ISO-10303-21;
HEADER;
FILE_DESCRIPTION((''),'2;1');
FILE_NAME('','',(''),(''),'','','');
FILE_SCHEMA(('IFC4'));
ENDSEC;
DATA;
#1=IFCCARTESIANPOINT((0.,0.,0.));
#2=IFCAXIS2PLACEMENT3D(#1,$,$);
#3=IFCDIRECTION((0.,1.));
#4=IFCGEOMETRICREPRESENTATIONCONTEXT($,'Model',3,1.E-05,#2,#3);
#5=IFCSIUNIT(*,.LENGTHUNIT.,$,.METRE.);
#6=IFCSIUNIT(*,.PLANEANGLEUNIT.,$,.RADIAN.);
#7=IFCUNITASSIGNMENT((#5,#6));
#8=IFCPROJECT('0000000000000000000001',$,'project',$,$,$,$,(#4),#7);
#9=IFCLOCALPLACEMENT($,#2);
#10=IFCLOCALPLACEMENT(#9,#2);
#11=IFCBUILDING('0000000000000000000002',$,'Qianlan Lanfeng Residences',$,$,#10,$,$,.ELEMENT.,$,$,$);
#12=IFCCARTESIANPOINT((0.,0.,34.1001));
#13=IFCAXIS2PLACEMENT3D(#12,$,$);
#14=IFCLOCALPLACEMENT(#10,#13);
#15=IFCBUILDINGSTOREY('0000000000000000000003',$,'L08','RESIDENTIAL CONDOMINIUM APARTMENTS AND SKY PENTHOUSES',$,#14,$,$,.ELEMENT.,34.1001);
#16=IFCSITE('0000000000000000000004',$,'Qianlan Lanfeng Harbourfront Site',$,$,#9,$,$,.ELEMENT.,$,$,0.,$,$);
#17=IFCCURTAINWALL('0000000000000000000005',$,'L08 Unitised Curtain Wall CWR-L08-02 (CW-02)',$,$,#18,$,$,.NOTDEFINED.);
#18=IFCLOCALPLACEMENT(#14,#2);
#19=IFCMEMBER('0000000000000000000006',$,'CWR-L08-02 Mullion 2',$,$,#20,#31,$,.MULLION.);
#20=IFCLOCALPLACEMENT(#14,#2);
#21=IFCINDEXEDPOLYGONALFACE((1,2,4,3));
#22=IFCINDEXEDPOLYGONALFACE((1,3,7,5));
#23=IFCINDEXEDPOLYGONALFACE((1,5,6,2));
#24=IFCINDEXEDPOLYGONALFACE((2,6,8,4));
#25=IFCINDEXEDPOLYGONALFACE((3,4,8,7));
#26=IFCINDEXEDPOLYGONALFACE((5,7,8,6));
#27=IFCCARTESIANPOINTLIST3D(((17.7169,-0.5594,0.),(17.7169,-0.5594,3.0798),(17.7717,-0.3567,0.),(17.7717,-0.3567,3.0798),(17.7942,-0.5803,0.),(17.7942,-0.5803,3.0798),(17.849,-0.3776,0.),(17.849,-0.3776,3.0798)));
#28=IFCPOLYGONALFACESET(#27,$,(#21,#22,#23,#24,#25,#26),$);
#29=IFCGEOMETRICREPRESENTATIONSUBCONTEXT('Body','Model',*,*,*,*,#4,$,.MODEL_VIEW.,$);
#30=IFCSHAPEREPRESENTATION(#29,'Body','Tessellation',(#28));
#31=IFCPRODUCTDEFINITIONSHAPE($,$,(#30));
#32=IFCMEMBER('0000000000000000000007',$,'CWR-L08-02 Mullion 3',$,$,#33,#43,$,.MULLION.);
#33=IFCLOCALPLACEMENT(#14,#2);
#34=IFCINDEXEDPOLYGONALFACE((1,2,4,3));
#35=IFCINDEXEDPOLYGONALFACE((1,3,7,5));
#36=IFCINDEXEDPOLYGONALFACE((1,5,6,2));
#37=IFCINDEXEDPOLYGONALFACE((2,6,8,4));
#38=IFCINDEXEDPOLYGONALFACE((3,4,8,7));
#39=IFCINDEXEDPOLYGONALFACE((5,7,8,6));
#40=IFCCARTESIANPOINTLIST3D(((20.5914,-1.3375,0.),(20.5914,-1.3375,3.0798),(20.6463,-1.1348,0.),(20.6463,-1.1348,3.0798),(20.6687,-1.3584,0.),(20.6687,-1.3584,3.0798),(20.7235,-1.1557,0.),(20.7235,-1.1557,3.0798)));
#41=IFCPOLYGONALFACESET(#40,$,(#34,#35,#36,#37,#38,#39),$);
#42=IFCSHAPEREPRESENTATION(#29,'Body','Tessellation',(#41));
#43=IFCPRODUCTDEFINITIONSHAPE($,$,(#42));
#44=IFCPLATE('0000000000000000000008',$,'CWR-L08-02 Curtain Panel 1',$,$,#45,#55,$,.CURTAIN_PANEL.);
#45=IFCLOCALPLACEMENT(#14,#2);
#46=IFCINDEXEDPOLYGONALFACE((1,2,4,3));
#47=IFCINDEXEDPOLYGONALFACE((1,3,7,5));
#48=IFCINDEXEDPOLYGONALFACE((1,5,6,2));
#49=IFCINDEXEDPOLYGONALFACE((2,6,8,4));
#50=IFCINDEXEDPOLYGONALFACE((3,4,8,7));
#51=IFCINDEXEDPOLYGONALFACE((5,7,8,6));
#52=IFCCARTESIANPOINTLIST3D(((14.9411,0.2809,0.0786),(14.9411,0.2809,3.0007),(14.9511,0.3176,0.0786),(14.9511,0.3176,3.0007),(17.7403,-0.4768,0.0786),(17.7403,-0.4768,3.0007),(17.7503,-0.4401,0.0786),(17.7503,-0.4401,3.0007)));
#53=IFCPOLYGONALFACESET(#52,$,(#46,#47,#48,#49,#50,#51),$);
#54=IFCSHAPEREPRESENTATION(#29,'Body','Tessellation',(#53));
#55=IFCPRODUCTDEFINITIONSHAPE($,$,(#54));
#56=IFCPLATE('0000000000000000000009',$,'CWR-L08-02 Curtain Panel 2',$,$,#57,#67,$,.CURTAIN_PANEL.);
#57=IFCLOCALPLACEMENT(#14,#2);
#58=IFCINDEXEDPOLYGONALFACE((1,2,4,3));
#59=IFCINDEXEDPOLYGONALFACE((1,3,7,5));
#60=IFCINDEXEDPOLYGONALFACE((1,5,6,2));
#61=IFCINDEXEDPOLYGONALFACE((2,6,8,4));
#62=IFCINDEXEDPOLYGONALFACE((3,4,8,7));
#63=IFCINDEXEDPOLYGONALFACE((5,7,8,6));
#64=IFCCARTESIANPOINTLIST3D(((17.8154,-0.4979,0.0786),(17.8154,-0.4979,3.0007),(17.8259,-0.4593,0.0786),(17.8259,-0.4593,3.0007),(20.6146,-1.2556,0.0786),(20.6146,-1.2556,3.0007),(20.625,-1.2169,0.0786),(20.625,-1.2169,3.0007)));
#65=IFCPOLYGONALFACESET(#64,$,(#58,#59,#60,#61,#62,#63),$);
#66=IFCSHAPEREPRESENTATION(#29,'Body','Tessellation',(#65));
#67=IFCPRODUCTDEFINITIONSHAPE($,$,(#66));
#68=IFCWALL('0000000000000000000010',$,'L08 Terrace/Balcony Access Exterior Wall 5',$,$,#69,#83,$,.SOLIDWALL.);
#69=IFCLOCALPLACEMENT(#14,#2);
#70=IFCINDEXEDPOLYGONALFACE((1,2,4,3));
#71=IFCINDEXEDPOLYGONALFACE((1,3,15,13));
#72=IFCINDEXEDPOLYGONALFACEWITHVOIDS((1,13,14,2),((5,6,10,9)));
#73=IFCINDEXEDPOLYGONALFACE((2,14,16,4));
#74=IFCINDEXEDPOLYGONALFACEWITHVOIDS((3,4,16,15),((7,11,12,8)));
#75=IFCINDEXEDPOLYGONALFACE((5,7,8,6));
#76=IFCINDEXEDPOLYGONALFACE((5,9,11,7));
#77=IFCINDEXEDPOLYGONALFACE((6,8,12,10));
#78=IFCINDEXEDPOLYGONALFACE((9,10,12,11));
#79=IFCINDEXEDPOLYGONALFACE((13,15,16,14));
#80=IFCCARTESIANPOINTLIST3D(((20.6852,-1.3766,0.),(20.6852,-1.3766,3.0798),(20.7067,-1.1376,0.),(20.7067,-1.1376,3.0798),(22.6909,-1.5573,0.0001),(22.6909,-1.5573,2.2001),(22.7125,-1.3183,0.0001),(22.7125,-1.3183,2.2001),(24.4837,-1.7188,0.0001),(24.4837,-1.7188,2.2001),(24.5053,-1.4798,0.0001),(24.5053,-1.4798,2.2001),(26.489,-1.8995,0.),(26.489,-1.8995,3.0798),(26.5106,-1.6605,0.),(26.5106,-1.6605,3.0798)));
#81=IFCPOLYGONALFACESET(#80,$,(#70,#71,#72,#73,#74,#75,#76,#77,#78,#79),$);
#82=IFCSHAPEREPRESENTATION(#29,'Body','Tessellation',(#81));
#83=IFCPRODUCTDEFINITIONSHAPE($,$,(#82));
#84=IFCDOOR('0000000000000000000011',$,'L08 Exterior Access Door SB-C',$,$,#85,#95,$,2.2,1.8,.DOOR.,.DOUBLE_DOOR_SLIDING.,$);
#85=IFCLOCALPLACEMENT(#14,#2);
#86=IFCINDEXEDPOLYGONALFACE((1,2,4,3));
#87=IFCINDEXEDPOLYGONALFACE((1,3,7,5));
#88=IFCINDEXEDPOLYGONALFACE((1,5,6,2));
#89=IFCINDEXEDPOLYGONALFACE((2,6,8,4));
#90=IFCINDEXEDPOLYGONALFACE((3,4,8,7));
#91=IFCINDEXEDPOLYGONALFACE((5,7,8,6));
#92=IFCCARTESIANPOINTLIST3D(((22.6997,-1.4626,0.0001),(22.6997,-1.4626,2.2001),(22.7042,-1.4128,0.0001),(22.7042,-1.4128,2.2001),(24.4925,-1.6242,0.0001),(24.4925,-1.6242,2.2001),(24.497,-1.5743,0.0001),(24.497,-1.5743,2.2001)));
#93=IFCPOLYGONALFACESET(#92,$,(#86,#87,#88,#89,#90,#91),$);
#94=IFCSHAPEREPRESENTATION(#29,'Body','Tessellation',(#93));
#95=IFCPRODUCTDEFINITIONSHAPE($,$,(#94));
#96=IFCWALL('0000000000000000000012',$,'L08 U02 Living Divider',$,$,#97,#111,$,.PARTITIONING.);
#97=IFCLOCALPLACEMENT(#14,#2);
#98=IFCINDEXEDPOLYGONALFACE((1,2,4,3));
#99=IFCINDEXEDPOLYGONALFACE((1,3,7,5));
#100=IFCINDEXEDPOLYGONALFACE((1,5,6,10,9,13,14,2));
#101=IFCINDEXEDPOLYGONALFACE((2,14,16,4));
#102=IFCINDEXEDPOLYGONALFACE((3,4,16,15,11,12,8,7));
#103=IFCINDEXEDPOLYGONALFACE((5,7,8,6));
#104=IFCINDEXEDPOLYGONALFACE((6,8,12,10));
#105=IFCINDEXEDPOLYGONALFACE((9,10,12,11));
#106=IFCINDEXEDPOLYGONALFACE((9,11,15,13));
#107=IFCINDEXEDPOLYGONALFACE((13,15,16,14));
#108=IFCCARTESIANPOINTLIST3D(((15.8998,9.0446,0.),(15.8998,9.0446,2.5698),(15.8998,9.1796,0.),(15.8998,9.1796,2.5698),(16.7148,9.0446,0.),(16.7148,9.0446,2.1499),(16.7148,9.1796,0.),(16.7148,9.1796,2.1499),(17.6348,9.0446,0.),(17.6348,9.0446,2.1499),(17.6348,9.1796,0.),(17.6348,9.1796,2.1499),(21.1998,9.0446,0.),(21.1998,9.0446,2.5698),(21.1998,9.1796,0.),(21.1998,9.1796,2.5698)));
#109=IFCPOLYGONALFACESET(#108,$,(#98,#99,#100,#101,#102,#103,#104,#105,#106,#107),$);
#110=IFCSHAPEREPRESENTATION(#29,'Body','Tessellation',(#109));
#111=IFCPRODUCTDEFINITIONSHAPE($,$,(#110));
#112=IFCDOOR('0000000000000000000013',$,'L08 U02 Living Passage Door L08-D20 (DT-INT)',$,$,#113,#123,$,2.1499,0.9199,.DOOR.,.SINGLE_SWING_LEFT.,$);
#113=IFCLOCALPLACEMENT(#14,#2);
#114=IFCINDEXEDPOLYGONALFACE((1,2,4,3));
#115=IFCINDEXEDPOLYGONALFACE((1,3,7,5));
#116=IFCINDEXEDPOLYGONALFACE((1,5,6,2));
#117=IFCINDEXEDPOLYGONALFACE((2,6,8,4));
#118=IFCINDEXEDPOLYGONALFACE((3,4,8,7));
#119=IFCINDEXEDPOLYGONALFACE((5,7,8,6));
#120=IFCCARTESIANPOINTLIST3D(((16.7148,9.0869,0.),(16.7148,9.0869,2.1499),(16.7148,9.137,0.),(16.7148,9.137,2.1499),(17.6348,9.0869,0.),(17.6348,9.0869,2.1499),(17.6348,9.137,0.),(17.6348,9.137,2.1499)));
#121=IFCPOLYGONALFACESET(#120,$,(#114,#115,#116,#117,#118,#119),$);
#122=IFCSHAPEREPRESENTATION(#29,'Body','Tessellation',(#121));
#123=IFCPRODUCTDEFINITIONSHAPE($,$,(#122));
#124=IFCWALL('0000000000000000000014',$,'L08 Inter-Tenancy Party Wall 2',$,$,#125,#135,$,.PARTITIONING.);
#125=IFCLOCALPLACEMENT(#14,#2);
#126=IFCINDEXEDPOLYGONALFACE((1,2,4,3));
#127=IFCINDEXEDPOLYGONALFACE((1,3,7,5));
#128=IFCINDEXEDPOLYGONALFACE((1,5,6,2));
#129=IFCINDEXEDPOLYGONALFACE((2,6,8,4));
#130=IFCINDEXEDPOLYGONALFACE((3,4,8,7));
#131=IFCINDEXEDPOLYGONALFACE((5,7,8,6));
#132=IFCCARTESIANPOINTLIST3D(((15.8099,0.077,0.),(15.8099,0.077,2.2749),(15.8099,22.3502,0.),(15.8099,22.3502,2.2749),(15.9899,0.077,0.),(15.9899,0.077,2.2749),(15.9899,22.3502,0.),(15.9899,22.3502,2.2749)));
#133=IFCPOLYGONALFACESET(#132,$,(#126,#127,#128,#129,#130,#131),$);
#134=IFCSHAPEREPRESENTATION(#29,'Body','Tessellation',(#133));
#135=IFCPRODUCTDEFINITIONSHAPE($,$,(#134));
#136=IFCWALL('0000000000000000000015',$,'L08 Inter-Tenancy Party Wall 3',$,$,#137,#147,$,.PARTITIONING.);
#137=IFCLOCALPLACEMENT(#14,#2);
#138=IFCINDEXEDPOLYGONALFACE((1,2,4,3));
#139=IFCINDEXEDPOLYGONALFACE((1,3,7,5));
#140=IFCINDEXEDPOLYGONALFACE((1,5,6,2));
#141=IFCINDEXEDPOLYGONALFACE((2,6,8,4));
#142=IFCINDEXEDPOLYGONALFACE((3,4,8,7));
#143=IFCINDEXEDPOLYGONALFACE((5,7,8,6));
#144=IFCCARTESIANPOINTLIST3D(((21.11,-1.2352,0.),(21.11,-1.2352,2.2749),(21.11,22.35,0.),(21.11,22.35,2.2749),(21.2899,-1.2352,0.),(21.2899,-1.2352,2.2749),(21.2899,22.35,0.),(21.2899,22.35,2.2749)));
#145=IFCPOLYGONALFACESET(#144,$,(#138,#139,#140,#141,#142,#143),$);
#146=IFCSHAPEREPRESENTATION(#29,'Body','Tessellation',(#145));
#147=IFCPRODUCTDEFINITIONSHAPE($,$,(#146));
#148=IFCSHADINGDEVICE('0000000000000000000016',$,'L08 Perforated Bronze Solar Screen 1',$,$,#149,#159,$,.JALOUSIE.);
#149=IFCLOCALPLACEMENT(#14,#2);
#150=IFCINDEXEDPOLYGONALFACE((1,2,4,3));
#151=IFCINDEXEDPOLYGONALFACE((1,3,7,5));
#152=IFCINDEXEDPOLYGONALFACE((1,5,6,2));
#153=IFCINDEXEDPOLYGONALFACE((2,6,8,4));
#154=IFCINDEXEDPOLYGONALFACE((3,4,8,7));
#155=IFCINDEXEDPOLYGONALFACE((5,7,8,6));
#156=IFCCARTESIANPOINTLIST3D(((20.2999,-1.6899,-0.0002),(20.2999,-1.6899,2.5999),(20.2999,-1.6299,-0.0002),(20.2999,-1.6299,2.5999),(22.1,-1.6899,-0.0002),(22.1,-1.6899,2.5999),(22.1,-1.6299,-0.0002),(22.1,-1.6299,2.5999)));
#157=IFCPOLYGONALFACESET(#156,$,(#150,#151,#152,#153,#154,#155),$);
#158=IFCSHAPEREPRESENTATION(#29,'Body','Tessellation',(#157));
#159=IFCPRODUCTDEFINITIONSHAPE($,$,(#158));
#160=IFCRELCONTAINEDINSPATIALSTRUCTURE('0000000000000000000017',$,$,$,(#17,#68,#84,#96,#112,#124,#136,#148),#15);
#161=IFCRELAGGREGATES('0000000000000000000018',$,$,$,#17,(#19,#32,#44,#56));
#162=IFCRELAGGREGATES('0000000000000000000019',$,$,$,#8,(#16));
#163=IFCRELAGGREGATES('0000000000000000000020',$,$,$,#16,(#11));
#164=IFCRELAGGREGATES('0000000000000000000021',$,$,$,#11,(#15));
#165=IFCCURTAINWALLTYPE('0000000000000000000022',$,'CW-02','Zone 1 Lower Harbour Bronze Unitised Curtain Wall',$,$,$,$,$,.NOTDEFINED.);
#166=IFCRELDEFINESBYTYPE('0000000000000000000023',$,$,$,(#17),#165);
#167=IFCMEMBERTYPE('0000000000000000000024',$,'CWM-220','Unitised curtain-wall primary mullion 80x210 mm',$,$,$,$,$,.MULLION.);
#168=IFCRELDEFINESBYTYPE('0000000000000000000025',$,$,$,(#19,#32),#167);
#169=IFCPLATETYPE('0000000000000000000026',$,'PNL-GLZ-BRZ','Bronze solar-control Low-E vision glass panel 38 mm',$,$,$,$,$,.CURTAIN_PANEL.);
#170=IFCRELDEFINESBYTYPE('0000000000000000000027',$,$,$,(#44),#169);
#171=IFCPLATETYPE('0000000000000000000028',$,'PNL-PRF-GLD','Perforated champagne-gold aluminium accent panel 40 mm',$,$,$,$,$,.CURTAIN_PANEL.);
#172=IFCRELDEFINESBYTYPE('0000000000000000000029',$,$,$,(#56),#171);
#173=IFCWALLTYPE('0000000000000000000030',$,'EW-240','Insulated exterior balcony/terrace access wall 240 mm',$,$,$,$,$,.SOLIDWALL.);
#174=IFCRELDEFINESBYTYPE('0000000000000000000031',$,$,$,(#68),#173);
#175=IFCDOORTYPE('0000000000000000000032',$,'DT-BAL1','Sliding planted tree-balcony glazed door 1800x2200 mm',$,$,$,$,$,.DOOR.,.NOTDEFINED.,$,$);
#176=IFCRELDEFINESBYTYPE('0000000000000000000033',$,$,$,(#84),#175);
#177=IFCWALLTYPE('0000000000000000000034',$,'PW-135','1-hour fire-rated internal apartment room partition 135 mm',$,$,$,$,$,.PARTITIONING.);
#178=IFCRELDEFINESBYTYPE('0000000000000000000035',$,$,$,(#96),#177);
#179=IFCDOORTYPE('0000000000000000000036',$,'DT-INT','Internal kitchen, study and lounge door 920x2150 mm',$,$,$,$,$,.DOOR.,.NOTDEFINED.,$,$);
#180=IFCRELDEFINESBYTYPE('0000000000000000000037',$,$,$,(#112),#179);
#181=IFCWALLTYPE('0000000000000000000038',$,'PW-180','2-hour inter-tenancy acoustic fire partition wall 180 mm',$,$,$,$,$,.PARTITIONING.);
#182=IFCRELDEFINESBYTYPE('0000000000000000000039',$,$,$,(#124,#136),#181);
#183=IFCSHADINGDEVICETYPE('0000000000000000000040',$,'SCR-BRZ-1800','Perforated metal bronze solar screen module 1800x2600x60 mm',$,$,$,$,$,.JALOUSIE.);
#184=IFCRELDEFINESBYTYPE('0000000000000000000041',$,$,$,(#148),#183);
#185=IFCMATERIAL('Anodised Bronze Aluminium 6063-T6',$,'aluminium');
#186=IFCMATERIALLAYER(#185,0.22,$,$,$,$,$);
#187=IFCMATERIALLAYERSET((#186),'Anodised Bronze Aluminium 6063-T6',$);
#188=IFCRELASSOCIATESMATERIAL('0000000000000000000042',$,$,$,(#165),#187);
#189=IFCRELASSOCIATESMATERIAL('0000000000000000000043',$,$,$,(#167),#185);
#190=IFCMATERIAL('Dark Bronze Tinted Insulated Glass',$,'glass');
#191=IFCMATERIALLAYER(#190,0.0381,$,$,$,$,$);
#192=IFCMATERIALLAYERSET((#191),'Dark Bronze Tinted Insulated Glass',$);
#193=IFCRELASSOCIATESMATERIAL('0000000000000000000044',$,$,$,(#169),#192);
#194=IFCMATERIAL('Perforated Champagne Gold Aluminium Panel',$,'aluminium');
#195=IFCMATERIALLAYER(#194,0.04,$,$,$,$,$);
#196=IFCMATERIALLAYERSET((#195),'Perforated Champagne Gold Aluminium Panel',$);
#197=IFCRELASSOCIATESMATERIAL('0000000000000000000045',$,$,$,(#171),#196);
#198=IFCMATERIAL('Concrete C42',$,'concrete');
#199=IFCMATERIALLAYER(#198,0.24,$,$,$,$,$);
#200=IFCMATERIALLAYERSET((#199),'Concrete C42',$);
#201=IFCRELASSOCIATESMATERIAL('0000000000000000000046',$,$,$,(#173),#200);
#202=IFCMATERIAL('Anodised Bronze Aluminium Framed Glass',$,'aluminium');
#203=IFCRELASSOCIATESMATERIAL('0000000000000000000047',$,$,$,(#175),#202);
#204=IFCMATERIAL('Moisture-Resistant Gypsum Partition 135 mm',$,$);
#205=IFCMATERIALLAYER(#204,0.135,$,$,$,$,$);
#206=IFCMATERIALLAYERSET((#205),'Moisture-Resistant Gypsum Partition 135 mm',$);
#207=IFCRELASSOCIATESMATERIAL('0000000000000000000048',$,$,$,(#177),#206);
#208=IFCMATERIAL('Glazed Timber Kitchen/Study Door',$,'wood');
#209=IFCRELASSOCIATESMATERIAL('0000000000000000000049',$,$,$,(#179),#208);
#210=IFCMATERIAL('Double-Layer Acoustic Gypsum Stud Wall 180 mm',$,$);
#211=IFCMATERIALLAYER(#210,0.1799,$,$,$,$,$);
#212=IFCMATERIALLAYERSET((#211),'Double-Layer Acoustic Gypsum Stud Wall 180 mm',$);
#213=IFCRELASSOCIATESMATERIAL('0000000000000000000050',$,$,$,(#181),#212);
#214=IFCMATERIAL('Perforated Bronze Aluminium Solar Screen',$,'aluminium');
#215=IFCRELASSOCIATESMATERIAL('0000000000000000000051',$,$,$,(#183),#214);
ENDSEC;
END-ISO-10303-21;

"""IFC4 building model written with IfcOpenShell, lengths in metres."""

from ifc_helpers import new_model, si_unit, direction, frame, frame_2d, origin, origin_2d, place, context, subcontext, project, spatial, rectangle, extrude, source, transform, mapped, material, layer, layer_set, material_profile, profile_set, type_object, element, fill, aggregate, save


model = new_model("IFC4")

# Units and contexts
model_context = context("Model", 3, precision=1e-05, world=origin(), true_north=direction((0.0, 1.0)))
body_context = subcontext(model_context, "Body", "Model", "MODEL_VIEW")
ifc_project = project(units=[si_unit("LENGTHUNIT", "METRE"), si_unit("PLANEANGLEUNIT", "RADIAN")], contexts=[model_context])

# Site, building, storey
site_placement = place(None, origin())
site = spatial("IfcSite", under=ifc_project, at=site_placement, Name="Qianlan Lanfeng Harbourfront Site", CompositionType="ELEMENT", RefElevation=0.0)
building_placement = place(site_placement, origin())
building = spatial("IfcBuilding", under=site, at=building_placement, Name="Qianlan Lanfeng Residences", CompositionType="ELEMENT")
storey_placement = place(building_placement, frame((0.0, 0.0, 34.1001)))
storey = spatial("IfcBuildingStorey", under=building, at=storey_placement, Name="L08", Description="RESIDENTIAL CONDOMINIUM APARTMENTS AND SKY PENTHOUSES", CompositionType="ELEMENT", Elevation=34.1001)

# Curtain wall, members, plates
ifc_material_1 = material(Name="Anodised Bronze Aluminium 6063-T6", Category="aluminium")
ifc_layer_1 = layer(ifc_material_1, 0.22)
ifc_layer_set_1 = layer_set([ifc_layer_1], Name="Anodised Bronze Aluminium 6063-T6")
curtain_wall_type = type_object("IfcCurtainWallType", Name="CW-02", Description="Zone 1 Lower Harbour Bronze Unitised Curtain Wall", PredefinedType="NOTDEFINED", material=ifc_layer_set_1)
curtain_wall_placement = place(storey_placement, origin())
curtain_wall = element("IfcCurtainWall", 1, at=curtain_wall_placement, inside=storey, type_object=curtain_wall_type, Name="L08 Unitised Curtain Wall CWR-L08-02 (CW-02)", PredefinedType="NOTDEFINED")
ifc_material_profile_1 = material_profile(ifc_material_1, rectangle(XDim=0.0801, YDim=0.21, at=origin_2d()), Name="ALU MULLION 80x210")
ifc_profile_set_1 = profile_set([ifc_material_profile_1], Name="Anodised Bronze Aluminium 6063-T6")
member_type_1 = type_object("IfcMemberType", Name="CWM-220", Description="Unitised curtain-wall primary mullion 80x210 mm", PredefinedType="MULLION", material=ifc_profile_set_1)
shared_shape_1 = source(origin(), body_context, "Body", "SweptSolid", [
    extrude(rectangle(XDim=0.0801, YDim=0.21, at=origin_2d()), origin(), (0.0, 0.0, 1.0), 3.0798),
])
member_1_placement = place(storey_placement, frame((17.783, -0.4685, 0.0), z_axis=(0.0, 0.0, 1.0), x_axis=(0.965263, -0.261281, 0.0)))
member_1 = element("IfcMember", 2, at=member_1_placement, type_object=member_type_1, Name="CWR-L08-02 Mullion 2", PredefinedType="MULLION", context=body_context, shape_type="MappedRepresentation", body=[
    mapped(shared_shape_1, transform((0.0, 0.0, 0.0), scale=1.0)),
])
member_2_placement = place(storey_placement, frame((20.6575, -1.2466, 0.0), z_axis=(0.0, 0.0, 1.0), x_axis=(0.965263, -0.261281, 0.0)))
member_2 = element("IfcMember", 3, at=member_2_placement, type_object=member_type_1, Name="CWR-L08-02 Mullion 3", PredefinedType="MULLION", context=body_context, shape_type="MappedRepresentation", body=[
    mapped(shared_shape_1, transform((0.0, 0.0, 0.0), scale=1.0)),
])
ifc_material_2 = material(Name="Dark Bronze Tinted Insulated Glass", Category="glass")
ifc_layer_2 = layer(ifc_material_2, 0.0381)
ifc_layer_set_2 = layer_set([ifc_layer_2], Name="Dark Bronze Tinted Insulated Glass")
plate_type_1 = type_object("IfcPlateType", Name="PNL-GLZ-BRZ", Description="Bronze solar-control Low-E vision glass panel 38 mm", PredefinedType="CURTAIN_PANEL", material=ifc_layer_set_2)
shared_shape_2 = source(origin(), body_context, "Body", "SweptSolid", [
    extrude(rectangle(XDim=2.8999, YDim=0.0381, at=origin_2d()), origin(), (0.0, 0.0, 1.0), 2.9221),
])
plate_1_placement = place(storey_placement, frame((16.3457, -0.0796, 0.0786), z_axis=(0.0, 0.0, 1.0), x_axis=(0.965263, -0.261281, 0.0)))
plate_1 = element("IfcPlate", 4, at=plate_1_placement, type_object=plate_type_1, Name="CWR-L08-02 Curtain Panel 1", PredefinedType="CURTAIN_PANEL", context=body_context, shape_type="MappedRepresentation", body=[
    mapped(shared_shape_2, transform((0.0, 0.0, 0.0), scale=1.0)),
])
ifc_material_3 = material(Name="Perforated Champagne Gold Aluminium Panel", Category="aluminium")
ifc_layer_3 = layer(ifc_material_3, 0.04)
ifc_layer_set_3 = layer_set([ifc_layer_3], Name="Perforated Champagne Gold Aluminium Panel")
plate_type_2 = type_object("IfcPlateType", Name="PNL-PRF-GLD", Description="Perforated champagne-gold aluminium accent panel 40 mm", PredefinedType="CURTAIN_PANEL", material=ifc_layer_set_3)
shared_shape_3 = source(origin(), body_context, "Body", "SweptSolid", [
    extrude(rectangle(XDim=2.8999, YDim=0.04, at=origin_2d()), origin(), (0.0, 0.0, 1.0), 2.9221),
])
plate_2_placement = place(storey_placement, frame((19.2202, -0.8574, 0.0786), z_axis=(0.0, 0.0, 1.0), x_axis=(0.965263, -0.261281, 0.0)))
plate_2 = element("IfcPlate", 5, at=plate_2_placement, type_object=plate_type_2, Name="CWR-L08-02 Curtain Panel 2", PredefinedType="CURTAIN_PANEL", context=body_context, shape_type="MappedRepresentation", body=[
    mapped(shared_shape_3, transform((0.0, 0.0, 0.0), scale=1.0)),
])
aggregate(curtain_wall, [member_1, member_2, plate_1, plate_2])

# Walls, openings, doors
ifc_material_4 = material(Name="Concrete C42", Category="concrete")
ifc_layer_4 = layer(ifc_material_4, 0.24)
ifc_layer_set_4 = layer_set([ifc_layer_4], Name="Concrete C42")
wall_type_1 = type_object("IfcWallType", Name="EW-240", Description="Insulated exterior balcony/terrace access wall 240 mm", PredefinedType="SOLIDWALL", material=ifc_layer_set_4)
wall_1_placement = place(storey_placement, frame((20.696, -1.2571, 0.0), z_axis=(0.0, 0.0, 1.0), x_axis=(0.995965, -0.089739, 0.0)))
wall_1 = element("IfcWall", 6, at=wall_1_placement, inside=storey, type_object=wall_type_1, Name="L08 Terrace/Balcony Access Exterior Wall 5", PredefinedType="SOLIDWALL", context=body_context, shape_type="SweptSolid", body=[
    extrude(rectangle(XDim=5.8274, YDim=0.24, at=frame_2d((2.9136, 0.0))), origin(), (0.0, 0.0, 1.0), 3.0798),
])
opening_1_placement = place(wall_1_placement, frame((2.0139, 0.0, 0.0)))
opening_1 = element("IfcOpeningElement", 7, at=opening_1_placement, cuts=wall_1, PredefinedType="OPENING", context=body_context, shape_type="SweptSolid", body=[
    extrude(rectangle(XDim=1.8, YDim=2.2, at=frame_2d((0.8999, 1.1001))), frame((0.0, 0.1299, 0.0), z_axis=(0.0, -1.0, 0.0), x_axis=(1.0, 0.0, 0.0)), (0.0, 0.0, 1.0), 0.26),
])
ifc_material_5 = material(Name="Anodised Bronze Aluminium Framed Glass", Category="aluminium")
door_type_1 = type_object("IfcDoorType", Name="DT-BAL1", Description="Sliding planted tree-balcony glazed door 1800x2200 mm", OperationType="NOTDEFINED", PredefinedType="DOOR", material=ifc_material_5)
door_1_placement = place(opening_1_placement, frame((1.8, 0.0, 0.0), z_axis=(0.0, 0.0, 1.0), x_axis=(-1.0, 0.0, 0.0)))
door_1 = element("IfcDoor", 8, at=door_1_placement, inside=storey, type_object=door_type_1, Name="L08 Exterior Access Door SB-C", OperationType="DOUBLE_DOOR_SLIDING", OverallHeight=2.2, OverallWidth=1.8, PredefinedType="DOOR", context=body_context, shape_type="SweptSolid", body=[
    extrude(rectangle(XDim=1.8, YDim=2.2, at=frame_2d((0.8999, 1.1001))), frame((0.0, 0.0249, 0.0), z_axis=(0.0, -1.0, 0.0), x_axis=(1.0, 0.0, 0.0)), (0.0, 0.0, 1.0), 0.05),
])
fill(opening_1, door_1)
ifc_material_6 = material(Name="Moisture-Resistant Gypsum Partition 135 mm")
ifc_layer_5 = layer(ifc_material_6, 0.135)
ifc_layer_set_5 = layer_set([ifc_layer_5], Name="Moisture-Resistant Gypsum Partition 135 mm")
wall_type_2 = type_object("IfcWallType", Name="PW-135", Description="1-hour fire-rated internal apartment room partition 135 mm", PredefinedType="PARTITIONING", material=ifc_layer_set_5)
wall_2_placement = place(storey_placement, frame((15.8999, 9.1121, 0.0), z_axis=(0.0, 0.0, 1.0), x_axis=(1.0, 0.0, 0.0)))
wall_2 = element("IfcWall", 9, at=wall_2_placement, inside=storey, type_object=wall_type_2, Name="L08 U02 Living Divider", PredefinedType="PARTITIONING", context=body_context, shape_type="SweptSolid", body=[
    extrude(rectangle(XDim=5.3, YDim=0.135, at=frame_2d((2.6499, 0.0))), origin(), (0.0, 0.0, 1.0), 2.5698),
])
opening_2_placement = place(wall_2_placement, frame((0.8149, 0.0, 0.0)))
opening_2 = element("IfcOpeningElement", 10, at=opening_2_placement, cuts=wall_2, PredefinedType="OPENING", context=body_context, shape_type="SweptSolid", body=[
    extrude(rectangle(XDim=0.9199, YDim=2.1499, at=frame_2d((0.46, 1.075))), frame((0.0, 0.0776, 0.0), z_axis=(0.0, -1.0, 0.0), x_axis=(1.0, 0.0, 0.0)), (0.0, 0.0, 1.0), 0.155),
])
ifc_material_7 = material(Name="Glazed Timber Kitchen/Study Door", Category="wood")
door_type_2 = type_object("IfcDoorType", Name="DT-INT", Description="Internal kitchen, study and lounge door 920x2150 mm", OperationType="NOTDEFINED", PredefinedType="DOOR", material=ifc_material_7)
door_2_placement = place(opening_2_placement, origin())
door_2 = element("IfcDoor", 11, at=door_2_placement, inside=storey, type_object=door_type_2, Name="L08 U02 Living Passage Door L08-D20 (DT-INT)", OperationType="SINGLE_SWING_LEFT", OverallHeight=2.1499, OverallWidth=0.9199, PredefinedType="DOOR", context=body_context, shape_type="SweptSolid", body=[
    extrude(rectangle(XDim=0.9199, YDim=2.1499, at=frame_2d((0.46, 1.075))), frame((0.0, 0.0249, 0.0), z_axis=(0.0, -1.0, 0.0), x_axis=(1.0, 0.0, 0.0)), (0.0, 0.0, 1.0), 0.05),
])
fill(opening_2, door_2)

# Walls
ifc_material_8 = material(Name="Double-Layer Acoustic Gypsum Stud Wall 180 mm")
ifc_layer_6 = layer(ifc_material_8, 0.1799)
ifc_layer_set_6 = layer_set([ifc_layer_6], Name="Double-Layer Acoustic Gypsum Stud Wall 180 mm")
wall_type_3 = type_object("IfcWallType", Name="PW-180", Description="2-hour inter-tenancy acoustic fire partition wall 180 mm", PredefinedType="PARTITIONING", material=ifc_layer_set_6)
wall_3_placement = place(storey_placement, frame((15.8999, 0.0769, 0.0), z_axis=(0.0, 0.0, 1.0), x_axis=(0.0, 1.0, 0.0)))
element("IfcWall", 12, at=wall_3_placement, inside=storey, type_object=wall_type_3, Name="L08 Inter-Tenancy Party Wall 2", PredefinedType="PARTITIONING", context=body_context, shape_type="SweptSolid", body=[
    extrude(rectangle(XDim=22.2732, YDim=0.1799, at=frame_2d((11.1367, 0.0))), origin(), (0.0, 0.0, 1.0), 2.2749),
])
wall_4_placement = place(storey_placement, frame((21.2, -1.2351, 0.0), z_axis=(0.0, 0.0, 1.0), x_axis=(0.0, 1.0, 0.0)))
element("IfcWall", 13, at=wall_4_placement, inside=storey, type_object=wall_type_3, Name="L08 Inter-Tenancy Party Wall 3", PredefinedType="PARTITIONING", context=body_context, shape_type="SweptSolid", body=[
    extrude(rectangle(XDim=23.5852, YDim=0.1799, at=frame_2d((11.7925, 0.0))), origin(), (0.0, 0.0, 1.0), 2.2749),
])

# Shading device
ifc_material_9 = material(Name="Perforated Bronze Aluminium Solar Screen", Category="aluminium")
shading_device_type = type_object("IfcShadingDeviceType", Name="SCR-BRZ-1800", Description="Perforated metal bronze solar screen module 1800x2600x60 mm", PredefinedType="JALOUSIE", material=ifc_material_9)
shared_shape_4 = source(origin(), body_context, "Body", "SweptSolid", [
    extrude(rectangle(XDim=1.8, YDim=0.0601, at=origin_2d()), origin(), (0.0, 0.0, 1.0), 2.6001),
])
shading_device_placement = place(storey_placement, frame((21.2, -1.6599, -0.0002), z_axis=(0.0, 0.0, 1.0), x_axis=(1.0, 0.0, 0.0)))
element("IfcShadingDevice", 14, at=shading_device_placement, inside=storey, type_object=shading_device_type, Name="L08 Perforated Bronze Solar Screen 1", PredefinedType="JALOUSIE", context=body_context, shape_type="MappedRepresentation", body=[
    mapped(shared_shape_4, transform((0.0, 0.0, 0.0), scale=1.0)),
])

save(model, "model.ifc")
